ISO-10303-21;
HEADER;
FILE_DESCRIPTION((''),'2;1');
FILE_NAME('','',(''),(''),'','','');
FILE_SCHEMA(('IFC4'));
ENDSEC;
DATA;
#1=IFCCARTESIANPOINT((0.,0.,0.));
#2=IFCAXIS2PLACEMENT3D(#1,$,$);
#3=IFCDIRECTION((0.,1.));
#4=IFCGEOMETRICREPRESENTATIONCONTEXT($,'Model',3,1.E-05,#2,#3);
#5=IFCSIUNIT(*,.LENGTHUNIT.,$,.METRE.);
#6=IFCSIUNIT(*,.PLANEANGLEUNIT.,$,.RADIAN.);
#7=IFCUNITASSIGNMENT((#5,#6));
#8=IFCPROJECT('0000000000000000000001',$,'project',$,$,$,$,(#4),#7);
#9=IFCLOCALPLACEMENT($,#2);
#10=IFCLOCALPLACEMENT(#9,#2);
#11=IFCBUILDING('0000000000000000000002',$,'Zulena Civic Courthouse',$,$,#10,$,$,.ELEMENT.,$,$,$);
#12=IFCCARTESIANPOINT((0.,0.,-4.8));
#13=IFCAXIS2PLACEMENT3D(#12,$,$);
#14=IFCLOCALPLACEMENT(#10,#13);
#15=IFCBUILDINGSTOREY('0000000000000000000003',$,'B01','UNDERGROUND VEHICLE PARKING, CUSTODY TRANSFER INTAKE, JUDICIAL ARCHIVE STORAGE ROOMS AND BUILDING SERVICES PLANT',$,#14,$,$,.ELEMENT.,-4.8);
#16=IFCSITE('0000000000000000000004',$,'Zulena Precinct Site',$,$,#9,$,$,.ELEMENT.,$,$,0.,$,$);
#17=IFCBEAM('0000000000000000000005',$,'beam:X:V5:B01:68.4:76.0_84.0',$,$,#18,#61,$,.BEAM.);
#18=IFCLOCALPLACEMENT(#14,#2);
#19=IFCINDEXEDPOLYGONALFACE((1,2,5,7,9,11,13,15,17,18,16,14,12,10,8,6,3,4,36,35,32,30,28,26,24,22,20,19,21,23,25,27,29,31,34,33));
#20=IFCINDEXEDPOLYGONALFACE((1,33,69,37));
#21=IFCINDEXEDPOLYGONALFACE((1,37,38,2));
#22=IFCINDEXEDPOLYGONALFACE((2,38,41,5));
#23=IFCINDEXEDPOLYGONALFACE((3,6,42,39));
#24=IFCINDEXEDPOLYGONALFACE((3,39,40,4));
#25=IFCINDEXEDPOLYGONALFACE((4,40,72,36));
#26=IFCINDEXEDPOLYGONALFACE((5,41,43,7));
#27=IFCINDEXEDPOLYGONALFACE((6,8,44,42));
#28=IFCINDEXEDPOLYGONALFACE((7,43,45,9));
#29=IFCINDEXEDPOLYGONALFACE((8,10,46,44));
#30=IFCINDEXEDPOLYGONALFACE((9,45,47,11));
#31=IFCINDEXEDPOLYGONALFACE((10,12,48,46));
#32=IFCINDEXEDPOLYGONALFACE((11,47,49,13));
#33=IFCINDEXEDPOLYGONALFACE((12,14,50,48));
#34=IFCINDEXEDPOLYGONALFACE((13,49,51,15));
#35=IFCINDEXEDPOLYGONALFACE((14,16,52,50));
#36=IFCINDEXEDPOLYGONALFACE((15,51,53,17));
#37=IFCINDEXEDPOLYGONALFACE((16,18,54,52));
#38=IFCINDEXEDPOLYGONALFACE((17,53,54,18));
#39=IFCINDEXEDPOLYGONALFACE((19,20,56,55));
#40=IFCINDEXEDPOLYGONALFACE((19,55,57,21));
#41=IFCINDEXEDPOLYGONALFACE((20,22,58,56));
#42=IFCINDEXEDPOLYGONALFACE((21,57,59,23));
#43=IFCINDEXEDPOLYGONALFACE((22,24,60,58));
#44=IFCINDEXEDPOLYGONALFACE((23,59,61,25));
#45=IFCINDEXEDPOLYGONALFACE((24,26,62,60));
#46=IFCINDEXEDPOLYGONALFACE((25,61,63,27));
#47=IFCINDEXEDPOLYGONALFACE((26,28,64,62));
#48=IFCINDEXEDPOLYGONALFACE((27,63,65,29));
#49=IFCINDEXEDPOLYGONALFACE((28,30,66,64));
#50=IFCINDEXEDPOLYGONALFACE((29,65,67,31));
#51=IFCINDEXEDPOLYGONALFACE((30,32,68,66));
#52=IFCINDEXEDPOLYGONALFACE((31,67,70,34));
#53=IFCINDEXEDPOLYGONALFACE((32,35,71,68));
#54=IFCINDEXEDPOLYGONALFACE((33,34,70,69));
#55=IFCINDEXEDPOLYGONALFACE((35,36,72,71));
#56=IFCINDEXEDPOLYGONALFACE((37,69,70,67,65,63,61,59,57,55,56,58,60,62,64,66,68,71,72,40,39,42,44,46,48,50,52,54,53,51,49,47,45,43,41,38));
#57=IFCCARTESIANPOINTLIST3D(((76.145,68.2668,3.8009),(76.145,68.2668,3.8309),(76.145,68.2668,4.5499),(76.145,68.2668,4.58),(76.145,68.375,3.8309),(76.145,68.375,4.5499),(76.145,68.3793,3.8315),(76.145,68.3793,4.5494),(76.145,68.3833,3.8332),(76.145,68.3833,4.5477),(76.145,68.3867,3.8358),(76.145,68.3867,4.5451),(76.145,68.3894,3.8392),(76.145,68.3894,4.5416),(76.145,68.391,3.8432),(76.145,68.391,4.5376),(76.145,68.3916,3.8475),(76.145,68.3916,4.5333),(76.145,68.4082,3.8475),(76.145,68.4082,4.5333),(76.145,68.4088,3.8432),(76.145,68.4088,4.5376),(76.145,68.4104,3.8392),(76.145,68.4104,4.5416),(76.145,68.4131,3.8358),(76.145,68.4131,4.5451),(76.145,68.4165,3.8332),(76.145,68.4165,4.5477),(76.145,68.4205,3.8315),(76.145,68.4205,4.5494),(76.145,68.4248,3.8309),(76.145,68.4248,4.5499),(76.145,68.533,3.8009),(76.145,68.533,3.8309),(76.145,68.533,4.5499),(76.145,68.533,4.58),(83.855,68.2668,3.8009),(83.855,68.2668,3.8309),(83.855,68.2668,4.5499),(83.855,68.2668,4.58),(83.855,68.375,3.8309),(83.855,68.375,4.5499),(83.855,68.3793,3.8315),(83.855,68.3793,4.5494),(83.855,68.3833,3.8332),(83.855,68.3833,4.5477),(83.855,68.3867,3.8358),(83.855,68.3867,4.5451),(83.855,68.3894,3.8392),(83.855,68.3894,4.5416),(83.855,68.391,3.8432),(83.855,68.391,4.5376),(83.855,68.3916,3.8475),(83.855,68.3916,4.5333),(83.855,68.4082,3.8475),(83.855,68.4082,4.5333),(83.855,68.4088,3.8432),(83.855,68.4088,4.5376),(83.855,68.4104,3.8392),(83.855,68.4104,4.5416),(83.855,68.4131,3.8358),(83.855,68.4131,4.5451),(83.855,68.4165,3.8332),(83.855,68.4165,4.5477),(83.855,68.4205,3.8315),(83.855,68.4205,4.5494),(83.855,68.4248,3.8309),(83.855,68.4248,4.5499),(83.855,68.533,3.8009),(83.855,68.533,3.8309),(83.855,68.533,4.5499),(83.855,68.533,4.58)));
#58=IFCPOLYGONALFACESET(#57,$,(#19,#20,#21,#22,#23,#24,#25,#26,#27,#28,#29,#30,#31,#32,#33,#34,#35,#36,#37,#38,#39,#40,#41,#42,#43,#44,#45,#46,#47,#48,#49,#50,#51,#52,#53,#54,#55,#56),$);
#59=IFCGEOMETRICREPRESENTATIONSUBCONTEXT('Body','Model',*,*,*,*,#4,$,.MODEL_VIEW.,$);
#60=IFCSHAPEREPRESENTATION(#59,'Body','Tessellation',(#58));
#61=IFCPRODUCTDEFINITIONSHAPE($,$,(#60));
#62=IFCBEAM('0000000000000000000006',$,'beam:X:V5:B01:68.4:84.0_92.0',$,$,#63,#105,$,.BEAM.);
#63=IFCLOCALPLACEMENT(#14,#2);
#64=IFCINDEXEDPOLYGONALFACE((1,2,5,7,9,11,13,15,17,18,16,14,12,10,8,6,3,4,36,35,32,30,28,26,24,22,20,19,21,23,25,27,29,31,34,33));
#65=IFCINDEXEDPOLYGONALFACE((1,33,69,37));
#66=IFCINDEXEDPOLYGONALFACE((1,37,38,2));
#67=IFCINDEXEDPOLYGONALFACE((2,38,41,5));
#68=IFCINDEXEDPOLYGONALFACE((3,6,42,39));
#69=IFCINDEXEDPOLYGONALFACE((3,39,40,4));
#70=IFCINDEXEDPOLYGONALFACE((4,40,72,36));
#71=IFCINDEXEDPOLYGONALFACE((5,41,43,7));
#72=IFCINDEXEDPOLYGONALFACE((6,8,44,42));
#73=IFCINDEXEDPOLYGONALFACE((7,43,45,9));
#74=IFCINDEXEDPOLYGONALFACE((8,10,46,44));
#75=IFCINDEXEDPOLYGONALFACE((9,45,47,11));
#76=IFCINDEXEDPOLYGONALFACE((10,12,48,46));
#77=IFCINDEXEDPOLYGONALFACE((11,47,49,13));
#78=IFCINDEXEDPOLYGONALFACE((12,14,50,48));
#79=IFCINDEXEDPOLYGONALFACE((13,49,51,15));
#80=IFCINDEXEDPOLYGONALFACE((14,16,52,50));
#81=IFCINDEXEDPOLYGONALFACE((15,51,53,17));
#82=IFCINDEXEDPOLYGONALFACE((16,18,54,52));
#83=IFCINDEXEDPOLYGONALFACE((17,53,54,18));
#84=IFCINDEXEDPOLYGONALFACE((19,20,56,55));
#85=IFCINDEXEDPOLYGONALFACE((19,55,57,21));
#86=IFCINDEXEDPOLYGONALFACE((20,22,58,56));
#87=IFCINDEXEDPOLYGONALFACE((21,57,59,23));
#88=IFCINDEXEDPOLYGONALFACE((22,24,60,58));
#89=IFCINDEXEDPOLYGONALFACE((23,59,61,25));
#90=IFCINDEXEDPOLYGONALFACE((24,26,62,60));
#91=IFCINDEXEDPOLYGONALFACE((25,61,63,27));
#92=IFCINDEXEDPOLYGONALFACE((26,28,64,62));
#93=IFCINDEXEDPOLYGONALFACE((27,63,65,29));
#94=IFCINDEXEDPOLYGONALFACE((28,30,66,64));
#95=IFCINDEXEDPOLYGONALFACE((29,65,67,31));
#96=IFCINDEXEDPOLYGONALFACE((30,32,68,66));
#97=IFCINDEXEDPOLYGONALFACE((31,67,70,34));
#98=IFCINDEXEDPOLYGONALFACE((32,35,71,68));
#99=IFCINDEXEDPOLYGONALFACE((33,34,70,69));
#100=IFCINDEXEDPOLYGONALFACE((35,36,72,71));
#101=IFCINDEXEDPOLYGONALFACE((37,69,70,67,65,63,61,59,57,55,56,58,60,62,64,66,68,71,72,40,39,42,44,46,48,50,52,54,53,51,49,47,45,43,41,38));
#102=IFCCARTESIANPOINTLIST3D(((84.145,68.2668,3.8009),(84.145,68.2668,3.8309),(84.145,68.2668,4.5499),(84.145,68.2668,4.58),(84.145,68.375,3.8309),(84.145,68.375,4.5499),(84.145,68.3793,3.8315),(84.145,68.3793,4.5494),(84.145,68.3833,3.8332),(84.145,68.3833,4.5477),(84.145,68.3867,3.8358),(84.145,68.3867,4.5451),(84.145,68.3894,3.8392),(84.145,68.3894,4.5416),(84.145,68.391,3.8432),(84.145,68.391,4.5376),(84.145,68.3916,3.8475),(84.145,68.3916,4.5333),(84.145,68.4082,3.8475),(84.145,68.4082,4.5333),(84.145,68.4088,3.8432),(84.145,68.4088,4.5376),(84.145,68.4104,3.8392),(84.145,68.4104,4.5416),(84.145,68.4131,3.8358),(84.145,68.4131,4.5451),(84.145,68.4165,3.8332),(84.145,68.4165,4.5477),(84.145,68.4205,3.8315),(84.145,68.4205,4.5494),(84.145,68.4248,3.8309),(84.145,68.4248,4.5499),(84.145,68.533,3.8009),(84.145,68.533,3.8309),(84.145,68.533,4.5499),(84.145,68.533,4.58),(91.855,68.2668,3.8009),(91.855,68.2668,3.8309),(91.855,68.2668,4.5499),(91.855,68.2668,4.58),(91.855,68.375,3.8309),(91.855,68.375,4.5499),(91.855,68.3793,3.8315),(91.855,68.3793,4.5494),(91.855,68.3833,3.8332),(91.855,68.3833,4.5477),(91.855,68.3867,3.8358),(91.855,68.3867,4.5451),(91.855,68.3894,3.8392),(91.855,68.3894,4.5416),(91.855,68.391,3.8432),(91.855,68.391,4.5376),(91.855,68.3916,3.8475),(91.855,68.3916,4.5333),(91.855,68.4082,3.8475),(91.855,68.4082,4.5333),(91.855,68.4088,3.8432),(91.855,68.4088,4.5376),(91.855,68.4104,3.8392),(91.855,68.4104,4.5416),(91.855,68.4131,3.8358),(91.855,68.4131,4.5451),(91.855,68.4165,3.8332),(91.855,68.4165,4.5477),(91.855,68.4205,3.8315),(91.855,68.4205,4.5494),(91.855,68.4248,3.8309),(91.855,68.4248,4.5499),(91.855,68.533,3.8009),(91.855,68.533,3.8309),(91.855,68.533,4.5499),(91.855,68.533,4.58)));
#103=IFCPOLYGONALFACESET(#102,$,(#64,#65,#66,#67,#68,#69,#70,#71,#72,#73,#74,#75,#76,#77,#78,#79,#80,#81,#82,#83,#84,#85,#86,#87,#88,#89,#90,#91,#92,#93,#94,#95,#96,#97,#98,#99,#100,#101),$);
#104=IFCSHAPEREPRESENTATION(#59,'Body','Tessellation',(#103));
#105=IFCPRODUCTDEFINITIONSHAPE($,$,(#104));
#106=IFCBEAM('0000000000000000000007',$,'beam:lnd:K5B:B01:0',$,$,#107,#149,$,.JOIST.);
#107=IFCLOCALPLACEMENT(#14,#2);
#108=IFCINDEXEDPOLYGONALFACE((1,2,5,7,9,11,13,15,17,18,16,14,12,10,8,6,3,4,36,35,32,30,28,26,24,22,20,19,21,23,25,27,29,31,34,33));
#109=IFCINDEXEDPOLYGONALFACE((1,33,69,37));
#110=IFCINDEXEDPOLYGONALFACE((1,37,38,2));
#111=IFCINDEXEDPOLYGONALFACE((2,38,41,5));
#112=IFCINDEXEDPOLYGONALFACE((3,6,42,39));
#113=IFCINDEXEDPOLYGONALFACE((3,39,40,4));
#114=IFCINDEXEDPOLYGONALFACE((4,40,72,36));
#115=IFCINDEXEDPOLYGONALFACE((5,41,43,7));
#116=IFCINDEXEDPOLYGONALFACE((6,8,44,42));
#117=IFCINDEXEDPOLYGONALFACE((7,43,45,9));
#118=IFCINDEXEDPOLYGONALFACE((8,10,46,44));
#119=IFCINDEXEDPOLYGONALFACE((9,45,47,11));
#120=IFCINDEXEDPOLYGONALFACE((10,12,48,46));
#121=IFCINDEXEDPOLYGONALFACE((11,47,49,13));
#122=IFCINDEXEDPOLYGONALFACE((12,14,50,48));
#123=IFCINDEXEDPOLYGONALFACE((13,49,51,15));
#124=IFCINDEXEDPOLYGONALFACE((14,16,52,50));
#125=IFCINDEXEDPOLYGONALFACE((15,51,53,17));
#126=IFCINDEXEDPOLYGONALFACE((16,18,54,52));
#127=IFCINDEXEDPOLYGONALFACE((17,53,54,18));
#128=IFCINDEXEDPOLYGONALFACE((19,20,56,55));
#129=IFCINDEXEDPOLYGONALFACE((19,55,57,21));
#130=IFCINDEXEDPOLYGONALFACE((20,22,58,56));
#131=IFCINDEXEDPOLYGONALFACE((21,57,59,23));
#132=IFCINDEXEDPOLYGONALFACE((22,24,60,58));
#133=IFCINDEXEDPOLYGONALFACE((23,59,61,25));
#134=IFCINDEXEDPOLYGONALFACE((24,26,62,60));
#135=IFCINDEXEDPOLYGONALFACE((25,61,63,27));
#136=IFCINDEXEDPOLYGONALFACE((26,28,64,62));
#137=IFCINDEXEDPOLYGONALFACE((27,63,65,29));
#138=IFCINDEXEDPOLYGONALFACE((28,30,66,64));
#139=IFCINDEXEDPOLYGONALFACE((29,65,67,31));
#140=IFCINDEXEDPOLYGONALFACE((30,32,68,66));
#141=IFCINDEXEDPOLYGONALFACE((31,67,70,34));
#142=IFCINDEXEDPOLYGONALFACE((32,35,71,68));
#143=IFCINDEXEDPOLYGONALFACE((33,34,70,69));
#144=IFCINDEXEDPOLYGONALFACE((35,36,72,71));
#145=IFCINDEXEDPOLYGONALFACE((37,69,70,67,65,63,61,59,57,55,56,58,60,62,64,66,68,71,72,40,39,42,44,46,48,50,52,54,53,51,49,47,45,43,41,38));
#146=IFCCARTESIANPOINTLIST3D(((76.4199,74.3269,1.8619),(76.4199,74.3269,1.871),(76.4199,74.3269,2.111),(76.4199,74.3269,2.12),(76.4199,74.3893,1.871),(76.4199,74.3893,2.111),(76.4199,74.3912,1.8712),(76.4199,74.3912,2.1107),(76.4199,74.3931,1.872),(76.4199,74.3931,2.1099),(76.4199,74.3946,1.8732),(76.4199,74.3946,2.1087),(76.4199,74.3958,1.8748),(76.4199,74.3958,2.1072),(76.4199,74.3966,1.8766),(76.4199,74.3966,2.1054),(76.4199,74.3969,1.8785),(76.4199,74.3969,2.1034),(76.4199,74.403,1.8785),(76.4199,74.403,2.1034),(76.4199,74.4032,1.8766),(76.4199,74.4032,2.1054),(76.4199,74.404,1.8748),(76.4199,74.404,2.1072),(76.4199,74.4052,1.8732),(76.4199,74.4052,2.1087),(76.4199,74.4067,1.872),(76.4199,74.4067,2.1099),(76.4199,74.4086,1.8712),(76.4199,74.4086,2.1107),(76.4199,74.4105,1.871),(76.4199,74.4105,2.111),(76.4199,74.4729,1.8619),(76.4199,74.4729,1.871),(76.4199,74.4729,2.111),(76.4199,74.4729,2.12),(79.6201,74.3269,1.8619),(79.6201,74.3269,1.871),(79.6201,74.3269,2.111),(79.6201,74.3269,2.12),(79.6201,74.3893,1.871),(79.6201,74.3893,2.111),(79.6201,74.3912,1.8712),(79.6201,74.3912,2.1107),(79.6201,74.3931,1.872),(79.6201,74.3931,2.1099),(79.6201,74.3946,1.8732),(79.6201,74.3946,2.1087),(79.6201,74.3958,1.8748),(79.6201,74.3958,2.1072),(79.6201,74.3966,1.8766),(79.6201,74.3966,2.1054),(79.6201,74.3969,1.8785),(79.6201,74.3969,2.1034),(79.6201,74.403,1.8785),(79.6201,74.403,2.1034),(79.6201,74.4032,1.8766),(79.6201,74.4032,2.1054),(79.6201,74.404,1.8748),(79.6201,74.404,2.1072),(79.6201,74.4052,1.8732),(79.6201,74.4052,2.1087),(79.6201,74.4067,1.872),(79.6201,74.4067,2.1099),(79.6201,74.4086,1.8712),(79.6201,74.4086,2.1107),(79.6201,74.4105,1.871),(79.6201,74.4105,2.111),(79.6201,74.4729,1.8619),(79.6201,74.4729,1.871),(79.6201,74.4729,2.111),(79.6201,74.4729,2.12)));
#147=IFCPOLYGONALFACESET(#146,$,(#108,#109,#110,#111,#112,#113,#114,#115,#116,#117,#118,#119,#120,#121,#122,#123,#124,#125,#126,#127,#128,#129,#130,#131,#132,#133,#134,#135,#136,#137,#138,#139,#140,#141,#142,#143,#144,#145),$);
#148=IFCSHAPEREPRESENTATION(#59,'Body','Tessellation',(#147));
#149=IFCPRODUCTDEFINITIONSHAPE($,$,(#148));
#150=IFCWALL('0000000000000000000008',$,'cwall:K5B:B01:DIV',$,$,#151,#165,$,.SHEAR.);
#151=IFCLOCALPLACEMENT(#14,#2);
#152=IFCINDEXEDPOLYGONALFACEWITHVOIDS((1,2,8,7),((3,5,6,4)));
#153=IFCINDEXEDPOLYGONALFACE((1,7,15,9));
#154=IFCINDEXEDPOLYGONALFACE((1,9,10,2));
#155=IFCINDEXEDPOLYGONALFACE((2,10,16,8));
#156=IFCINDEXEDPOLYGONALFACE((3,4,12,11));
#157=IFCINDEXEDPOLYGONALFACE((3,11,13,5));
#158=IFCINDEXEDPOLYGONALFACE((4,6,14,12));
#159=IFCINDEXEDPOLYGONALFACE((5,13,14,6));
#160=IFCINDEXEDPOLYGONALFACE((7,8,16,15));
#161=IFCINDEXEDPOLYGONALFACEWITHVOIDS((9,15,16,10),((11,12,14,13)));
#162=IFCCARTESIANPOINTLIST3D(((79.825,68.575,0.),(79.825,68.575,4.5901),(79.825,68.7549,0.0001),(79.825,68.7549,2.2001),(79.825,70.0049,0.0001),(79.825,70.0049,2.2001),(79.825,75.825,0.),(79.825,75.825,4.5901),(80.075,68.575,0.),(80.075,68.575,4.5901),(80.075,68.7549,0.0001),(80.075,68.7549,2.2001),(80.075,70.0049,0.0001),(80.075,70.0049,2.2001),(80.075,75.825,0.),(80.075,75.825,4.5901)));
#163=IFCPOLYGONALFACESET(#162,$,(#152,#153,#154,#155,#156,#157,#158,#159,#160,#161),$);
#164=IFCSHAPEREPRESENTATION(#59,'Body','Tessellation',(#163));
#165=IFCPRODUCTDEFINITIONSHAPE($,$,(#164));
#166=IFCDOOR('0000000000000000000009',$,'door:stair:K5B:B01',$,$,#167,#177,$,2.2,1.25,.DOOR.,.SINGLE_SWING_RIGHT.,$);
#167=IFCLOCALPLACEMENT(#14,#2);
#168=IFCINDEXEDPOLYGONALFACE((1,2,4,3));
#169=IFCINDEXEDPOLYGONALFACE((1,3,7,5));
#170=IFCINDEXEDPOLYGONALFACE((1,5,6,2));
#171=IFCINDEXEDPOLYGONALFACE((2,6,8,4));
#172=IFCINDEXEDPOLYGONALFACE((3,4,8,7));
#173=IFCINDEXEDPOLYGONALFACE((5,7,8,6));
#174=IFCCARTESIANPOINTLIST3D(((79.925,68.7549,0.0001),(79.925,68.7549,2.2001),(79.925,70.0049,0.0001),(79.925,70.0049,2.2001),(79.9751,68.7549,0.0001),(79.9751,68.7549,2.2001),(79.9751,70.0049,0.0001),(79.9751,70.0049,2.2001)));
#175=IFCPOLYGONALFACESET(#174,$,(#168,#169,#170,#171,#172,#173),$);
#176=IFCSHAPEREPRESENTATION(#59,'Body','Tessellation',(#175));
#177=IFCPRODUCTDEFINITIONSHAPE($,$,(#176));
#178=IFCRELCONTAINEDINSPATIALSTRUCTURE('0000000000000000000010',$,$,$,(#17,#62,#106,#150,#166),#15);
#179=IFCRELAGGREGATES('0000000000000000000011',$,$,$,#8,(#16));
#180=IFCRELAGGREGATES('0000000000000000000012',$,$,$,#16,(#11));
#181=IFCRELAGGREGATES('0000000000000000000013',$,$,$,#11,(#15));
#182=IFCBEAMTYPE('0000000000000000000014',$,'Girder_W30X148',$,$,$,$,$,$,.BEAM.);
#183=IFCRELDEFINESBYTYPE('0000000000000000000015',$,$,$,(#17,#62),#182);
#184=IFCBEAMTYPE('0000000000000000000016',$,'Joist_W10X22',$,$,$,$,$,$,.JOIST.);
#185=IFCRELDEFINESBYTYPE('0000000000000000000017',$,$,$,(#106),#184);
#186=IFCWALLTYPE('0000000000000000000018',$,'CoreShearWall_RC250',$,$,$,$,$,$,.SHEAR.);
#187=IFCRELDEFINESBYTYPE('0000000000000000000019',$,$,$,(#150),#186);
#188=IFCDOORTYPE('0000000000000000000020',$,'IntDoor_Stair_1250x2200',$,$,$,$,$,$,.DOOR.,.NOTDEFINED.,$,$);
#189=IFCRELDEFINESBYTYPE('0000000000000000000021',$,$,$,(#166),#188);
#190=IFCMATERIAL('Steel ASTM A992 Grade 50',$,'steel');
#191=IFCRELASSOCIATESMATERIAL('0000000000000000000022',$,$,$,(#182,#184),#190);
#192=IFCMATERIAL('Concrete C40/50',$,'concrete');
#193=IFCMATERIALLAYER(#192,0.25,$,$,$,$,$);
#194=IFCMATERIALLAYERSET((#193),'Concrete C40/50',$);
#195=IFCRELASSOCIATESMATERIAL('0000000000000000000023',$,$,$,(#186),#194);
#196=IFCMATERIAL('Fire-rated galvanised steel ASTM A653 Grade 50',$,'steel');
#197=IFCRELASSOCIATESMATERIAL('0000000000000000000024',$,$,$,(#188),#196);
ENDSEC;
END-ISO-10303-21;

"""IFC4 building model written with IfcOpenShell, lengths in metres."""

from ifc_helpers import new_model, si_unit, direction, frame, frame_2d, origin, origin_2d, place, context, subcontext, project, spatial, rectangle, i_section, extrude, material, layer, layer_set, material_profile, profile_set, type_object, element, fill, save


model = new_model("IFC4")

# Units and contexts
model_context = context("Model", 3, precision=1e-05, world=origin(), true_north=direction((0.0, 1.0)))
body_context = subcontext(model_context, "Body", "Model", "MODEL_VIEW")
ifc_project = project(units=[si_unit("LENGTHUNIT", "METRE"), si_unit("PLANEANGLEUNIT", "RADIAN")], contexts=[model_context])

# Site, building, storey
site_placement = place(None, origin())
site = spatial("IfcSite", under=ifc_project, at=site_placement, Name="Zulena Precinct Site", CompositionType="ELEMENT", RefElevation=0.0)
building_placement = place(site_placement, origin())
building = spatial("IfcBuilding", under=site, at=building_placement, Name="Zulena Civic Courthouse", CompositionType="ELEMENT")
storey_placement = place(building_placement, frame((0.0, 0.0, -4.8)))
storey = spatial("IfcBuildingStorey", under=building, at=storey_placement, Name="B01", Description="UNDERGROUND VEHICLE PARKING, CUSTODY TRANSFER INTAKE, JUDICIAL ARCHIVE STORAGE ROOMS AND BUILDING SERVICES PLANT", CompositionType="ELEMENT", Elevation=-4.8)

# Shared definitions
ifc_material_1 = material(Name="Concrete C40/50", Category="concrete")

# Shared definitions
ifc_material_2 = material(Name="Steel ASTM A992 Grade 50", Category="steel")

# Beams
ifc_material_profile_1 = material_profile(ifc_material_2, i_section(OverallWidth=0.2661, OverallDepth=0.7791, WebThickness=0.0166, FlangeThickness=0.03, FilletRadius=0.0166, at=origin_2d()), Name="W30X148")
ifc_profile_set_1 = profile_set([ifc_material_profile_1], Name="Steel ASTM A992 Grade 50")
beam_type_1 = type_object("IfcBeamType", Name="Girder_W30X148", PredefinedType="BEAM", material=ifc_profile_set_1)
for number, where, z_axis, x_axis, name in (
    (1, (76.145, 68.3999, 4.1904), (1.0, 0.0, 0.0), (0.0, 1.0, 0.0), "beam:X:V5:B01:68.4:76.0_84.0"),
    (2, (84.145, 68.3999, 4.1904), (1.0, 0.0, 0.0), (0.0, 1.0, 0.0), "beam:X:V5:B01:68.4:84.0_92.0"),
):
    element("IfcBeam", number, at=place(storey_placement, frame(where, z_axis=z_axis, x_axis=x_axis)), inside=storey, type_object=beam_type_1, Name=name, PredefinedType="BEAM", context=body_context, shape_type="SweptSolid", body=[
        extrude(i_section(OverallWidth=0.2661, OverallDepth=0.7791, WebThickness=0.0166, FlangeThickness=0.03, FilletRadius=0.0166, at=origin_2d()), origin(), (0.0, 0.0, 1.0), 7.71),
    ])
ifc_material_profile_2 = material_profile(ifc_material_2, i_section(OverallWidth=0.146, OverallDepth=0.2581, WebThickness=0.0061, FlangeThickness=0.009, FilletRadius=0.0076, at=origin_2d()), Name="W10X22")
ifc_profile_set_2 = profile_set([ifc_material_profile_2], Name="Steel ASTM A992 Grade 50")
beam_type_2 = type_object("IfcBeamType", Name="Joist_W10X22", PredefinedType="JOIST", material=ifc_profile_set_2)
beam_1_placement = place(storey_placement, frame((76.4199, 74.3999, 1.991), z_axis=(1.0, 0.0, 0.0), x_axis=(0.0, 1.0, 0.0)))
element("IfcBeam", 3, at=beam_1_placement, inside=storey, type_object=beam_type_2, Name="beam:lnd:K5B:B01:0", PredefinedType="JOIST", context=body_context, shape_type="SweptSolid", body=[
    extrude(i_section(OverallWidth=0.146, OverallDepth=0.2581, WebThickness=0.0061, FlangeThickness=0.009, FilletRadius=0.0076, at=origin_2d()), origin(), (0.0, 0.0, 1.0), 3.2002),
])

# Wall, opening, door
ifc_layer_1 = layer(ifc_material_1, 0.25)
ifc_layer_set_1 = layer_set([ifc_layer_1], Name="Concrete C40/50")
wall_type_1 = type_object("IfcWallType", Name="CoreShearWall_RC250", PredefinedType="SHEAR", material=ifc_layer_set_1)
wall_1_placement = place(storey_placement, frame((79.95, 68.575, 0.0), z_axis=(0.0, 0.0, 1.0), x_axis=(0.0, 1.0, 0.0)))
wall_1 = element("IfcWall", 4, at=wall_1_placement, inside=storey, type_object=wall_type_1, Name="cwall:K5B:B01:DIV", PredefinedType="SHEAR", context=body_context, shape_type="SweptSolid", body=[
    extrude(rectangle(XDim=7.25, YDim=0.25, at=frame_2d((3.625, 0.0))), origin(), (0.0, 0.0, 1.0), 4.5901),
])
opening_1_placement = place(wall_1_placement, frame((0.1799, 0.0, 0.0)))
opening_1 = element("IfcOpeningElement", 5, at=opening_1_placement, cuts=wall_1, PredefinedType="OPENING", context=body_context, shape_type="SweptSolid", body=[
    extrude(rectangle(XDim=1.25, YDim=2.2, at=frame_2d((0.625, 1.1001))), frame((0.0, 0.135, 0.0), z_axis=(0.0, -1.0, 0.0), x_axis=(1.0, 0.0, 0.0)), (0.0, 0.0, 1.0), 0.27),
])
ifc_material_3 = material(Name="Fire-rated galvanised steel ASTM A653 Grade 50", Category="steel")
door_type_1 = type_object("IfcDoorType", Name="IntDoor_Stair_1250x2200", OperationType="NOTDEFINED", PredefinedType="DOOR", material=ifc_material_3)
door_1_placement = place(opening_1_placement, origin())
door_1 = element("IfcDoor", 6, at=door_1_placement, inside=storey, type_object=door_type_1, Name="door:stair:K5B:B01", OperationType="SINGLE_SWING_RIGHT", OverallHeight=2.2, OverallWidth=1.25, PredefinedType="DOOR", context=body_context, shape_type="SweptSolid", body=[
    extrude(rectangle(XDim=1.25, YDim=2.2, at=frame_2d((0.625, 1.1001))), frame((0.0, 0.0249, 0.0), z_axis=(0.0, -1.0, 0.0), x_axis=(1.0, 0.0, 0.0)), (0.0, 0.0, 1.0), 0.05),
])
fill(opening_1, door_1)

save(model, "model.ifc")
